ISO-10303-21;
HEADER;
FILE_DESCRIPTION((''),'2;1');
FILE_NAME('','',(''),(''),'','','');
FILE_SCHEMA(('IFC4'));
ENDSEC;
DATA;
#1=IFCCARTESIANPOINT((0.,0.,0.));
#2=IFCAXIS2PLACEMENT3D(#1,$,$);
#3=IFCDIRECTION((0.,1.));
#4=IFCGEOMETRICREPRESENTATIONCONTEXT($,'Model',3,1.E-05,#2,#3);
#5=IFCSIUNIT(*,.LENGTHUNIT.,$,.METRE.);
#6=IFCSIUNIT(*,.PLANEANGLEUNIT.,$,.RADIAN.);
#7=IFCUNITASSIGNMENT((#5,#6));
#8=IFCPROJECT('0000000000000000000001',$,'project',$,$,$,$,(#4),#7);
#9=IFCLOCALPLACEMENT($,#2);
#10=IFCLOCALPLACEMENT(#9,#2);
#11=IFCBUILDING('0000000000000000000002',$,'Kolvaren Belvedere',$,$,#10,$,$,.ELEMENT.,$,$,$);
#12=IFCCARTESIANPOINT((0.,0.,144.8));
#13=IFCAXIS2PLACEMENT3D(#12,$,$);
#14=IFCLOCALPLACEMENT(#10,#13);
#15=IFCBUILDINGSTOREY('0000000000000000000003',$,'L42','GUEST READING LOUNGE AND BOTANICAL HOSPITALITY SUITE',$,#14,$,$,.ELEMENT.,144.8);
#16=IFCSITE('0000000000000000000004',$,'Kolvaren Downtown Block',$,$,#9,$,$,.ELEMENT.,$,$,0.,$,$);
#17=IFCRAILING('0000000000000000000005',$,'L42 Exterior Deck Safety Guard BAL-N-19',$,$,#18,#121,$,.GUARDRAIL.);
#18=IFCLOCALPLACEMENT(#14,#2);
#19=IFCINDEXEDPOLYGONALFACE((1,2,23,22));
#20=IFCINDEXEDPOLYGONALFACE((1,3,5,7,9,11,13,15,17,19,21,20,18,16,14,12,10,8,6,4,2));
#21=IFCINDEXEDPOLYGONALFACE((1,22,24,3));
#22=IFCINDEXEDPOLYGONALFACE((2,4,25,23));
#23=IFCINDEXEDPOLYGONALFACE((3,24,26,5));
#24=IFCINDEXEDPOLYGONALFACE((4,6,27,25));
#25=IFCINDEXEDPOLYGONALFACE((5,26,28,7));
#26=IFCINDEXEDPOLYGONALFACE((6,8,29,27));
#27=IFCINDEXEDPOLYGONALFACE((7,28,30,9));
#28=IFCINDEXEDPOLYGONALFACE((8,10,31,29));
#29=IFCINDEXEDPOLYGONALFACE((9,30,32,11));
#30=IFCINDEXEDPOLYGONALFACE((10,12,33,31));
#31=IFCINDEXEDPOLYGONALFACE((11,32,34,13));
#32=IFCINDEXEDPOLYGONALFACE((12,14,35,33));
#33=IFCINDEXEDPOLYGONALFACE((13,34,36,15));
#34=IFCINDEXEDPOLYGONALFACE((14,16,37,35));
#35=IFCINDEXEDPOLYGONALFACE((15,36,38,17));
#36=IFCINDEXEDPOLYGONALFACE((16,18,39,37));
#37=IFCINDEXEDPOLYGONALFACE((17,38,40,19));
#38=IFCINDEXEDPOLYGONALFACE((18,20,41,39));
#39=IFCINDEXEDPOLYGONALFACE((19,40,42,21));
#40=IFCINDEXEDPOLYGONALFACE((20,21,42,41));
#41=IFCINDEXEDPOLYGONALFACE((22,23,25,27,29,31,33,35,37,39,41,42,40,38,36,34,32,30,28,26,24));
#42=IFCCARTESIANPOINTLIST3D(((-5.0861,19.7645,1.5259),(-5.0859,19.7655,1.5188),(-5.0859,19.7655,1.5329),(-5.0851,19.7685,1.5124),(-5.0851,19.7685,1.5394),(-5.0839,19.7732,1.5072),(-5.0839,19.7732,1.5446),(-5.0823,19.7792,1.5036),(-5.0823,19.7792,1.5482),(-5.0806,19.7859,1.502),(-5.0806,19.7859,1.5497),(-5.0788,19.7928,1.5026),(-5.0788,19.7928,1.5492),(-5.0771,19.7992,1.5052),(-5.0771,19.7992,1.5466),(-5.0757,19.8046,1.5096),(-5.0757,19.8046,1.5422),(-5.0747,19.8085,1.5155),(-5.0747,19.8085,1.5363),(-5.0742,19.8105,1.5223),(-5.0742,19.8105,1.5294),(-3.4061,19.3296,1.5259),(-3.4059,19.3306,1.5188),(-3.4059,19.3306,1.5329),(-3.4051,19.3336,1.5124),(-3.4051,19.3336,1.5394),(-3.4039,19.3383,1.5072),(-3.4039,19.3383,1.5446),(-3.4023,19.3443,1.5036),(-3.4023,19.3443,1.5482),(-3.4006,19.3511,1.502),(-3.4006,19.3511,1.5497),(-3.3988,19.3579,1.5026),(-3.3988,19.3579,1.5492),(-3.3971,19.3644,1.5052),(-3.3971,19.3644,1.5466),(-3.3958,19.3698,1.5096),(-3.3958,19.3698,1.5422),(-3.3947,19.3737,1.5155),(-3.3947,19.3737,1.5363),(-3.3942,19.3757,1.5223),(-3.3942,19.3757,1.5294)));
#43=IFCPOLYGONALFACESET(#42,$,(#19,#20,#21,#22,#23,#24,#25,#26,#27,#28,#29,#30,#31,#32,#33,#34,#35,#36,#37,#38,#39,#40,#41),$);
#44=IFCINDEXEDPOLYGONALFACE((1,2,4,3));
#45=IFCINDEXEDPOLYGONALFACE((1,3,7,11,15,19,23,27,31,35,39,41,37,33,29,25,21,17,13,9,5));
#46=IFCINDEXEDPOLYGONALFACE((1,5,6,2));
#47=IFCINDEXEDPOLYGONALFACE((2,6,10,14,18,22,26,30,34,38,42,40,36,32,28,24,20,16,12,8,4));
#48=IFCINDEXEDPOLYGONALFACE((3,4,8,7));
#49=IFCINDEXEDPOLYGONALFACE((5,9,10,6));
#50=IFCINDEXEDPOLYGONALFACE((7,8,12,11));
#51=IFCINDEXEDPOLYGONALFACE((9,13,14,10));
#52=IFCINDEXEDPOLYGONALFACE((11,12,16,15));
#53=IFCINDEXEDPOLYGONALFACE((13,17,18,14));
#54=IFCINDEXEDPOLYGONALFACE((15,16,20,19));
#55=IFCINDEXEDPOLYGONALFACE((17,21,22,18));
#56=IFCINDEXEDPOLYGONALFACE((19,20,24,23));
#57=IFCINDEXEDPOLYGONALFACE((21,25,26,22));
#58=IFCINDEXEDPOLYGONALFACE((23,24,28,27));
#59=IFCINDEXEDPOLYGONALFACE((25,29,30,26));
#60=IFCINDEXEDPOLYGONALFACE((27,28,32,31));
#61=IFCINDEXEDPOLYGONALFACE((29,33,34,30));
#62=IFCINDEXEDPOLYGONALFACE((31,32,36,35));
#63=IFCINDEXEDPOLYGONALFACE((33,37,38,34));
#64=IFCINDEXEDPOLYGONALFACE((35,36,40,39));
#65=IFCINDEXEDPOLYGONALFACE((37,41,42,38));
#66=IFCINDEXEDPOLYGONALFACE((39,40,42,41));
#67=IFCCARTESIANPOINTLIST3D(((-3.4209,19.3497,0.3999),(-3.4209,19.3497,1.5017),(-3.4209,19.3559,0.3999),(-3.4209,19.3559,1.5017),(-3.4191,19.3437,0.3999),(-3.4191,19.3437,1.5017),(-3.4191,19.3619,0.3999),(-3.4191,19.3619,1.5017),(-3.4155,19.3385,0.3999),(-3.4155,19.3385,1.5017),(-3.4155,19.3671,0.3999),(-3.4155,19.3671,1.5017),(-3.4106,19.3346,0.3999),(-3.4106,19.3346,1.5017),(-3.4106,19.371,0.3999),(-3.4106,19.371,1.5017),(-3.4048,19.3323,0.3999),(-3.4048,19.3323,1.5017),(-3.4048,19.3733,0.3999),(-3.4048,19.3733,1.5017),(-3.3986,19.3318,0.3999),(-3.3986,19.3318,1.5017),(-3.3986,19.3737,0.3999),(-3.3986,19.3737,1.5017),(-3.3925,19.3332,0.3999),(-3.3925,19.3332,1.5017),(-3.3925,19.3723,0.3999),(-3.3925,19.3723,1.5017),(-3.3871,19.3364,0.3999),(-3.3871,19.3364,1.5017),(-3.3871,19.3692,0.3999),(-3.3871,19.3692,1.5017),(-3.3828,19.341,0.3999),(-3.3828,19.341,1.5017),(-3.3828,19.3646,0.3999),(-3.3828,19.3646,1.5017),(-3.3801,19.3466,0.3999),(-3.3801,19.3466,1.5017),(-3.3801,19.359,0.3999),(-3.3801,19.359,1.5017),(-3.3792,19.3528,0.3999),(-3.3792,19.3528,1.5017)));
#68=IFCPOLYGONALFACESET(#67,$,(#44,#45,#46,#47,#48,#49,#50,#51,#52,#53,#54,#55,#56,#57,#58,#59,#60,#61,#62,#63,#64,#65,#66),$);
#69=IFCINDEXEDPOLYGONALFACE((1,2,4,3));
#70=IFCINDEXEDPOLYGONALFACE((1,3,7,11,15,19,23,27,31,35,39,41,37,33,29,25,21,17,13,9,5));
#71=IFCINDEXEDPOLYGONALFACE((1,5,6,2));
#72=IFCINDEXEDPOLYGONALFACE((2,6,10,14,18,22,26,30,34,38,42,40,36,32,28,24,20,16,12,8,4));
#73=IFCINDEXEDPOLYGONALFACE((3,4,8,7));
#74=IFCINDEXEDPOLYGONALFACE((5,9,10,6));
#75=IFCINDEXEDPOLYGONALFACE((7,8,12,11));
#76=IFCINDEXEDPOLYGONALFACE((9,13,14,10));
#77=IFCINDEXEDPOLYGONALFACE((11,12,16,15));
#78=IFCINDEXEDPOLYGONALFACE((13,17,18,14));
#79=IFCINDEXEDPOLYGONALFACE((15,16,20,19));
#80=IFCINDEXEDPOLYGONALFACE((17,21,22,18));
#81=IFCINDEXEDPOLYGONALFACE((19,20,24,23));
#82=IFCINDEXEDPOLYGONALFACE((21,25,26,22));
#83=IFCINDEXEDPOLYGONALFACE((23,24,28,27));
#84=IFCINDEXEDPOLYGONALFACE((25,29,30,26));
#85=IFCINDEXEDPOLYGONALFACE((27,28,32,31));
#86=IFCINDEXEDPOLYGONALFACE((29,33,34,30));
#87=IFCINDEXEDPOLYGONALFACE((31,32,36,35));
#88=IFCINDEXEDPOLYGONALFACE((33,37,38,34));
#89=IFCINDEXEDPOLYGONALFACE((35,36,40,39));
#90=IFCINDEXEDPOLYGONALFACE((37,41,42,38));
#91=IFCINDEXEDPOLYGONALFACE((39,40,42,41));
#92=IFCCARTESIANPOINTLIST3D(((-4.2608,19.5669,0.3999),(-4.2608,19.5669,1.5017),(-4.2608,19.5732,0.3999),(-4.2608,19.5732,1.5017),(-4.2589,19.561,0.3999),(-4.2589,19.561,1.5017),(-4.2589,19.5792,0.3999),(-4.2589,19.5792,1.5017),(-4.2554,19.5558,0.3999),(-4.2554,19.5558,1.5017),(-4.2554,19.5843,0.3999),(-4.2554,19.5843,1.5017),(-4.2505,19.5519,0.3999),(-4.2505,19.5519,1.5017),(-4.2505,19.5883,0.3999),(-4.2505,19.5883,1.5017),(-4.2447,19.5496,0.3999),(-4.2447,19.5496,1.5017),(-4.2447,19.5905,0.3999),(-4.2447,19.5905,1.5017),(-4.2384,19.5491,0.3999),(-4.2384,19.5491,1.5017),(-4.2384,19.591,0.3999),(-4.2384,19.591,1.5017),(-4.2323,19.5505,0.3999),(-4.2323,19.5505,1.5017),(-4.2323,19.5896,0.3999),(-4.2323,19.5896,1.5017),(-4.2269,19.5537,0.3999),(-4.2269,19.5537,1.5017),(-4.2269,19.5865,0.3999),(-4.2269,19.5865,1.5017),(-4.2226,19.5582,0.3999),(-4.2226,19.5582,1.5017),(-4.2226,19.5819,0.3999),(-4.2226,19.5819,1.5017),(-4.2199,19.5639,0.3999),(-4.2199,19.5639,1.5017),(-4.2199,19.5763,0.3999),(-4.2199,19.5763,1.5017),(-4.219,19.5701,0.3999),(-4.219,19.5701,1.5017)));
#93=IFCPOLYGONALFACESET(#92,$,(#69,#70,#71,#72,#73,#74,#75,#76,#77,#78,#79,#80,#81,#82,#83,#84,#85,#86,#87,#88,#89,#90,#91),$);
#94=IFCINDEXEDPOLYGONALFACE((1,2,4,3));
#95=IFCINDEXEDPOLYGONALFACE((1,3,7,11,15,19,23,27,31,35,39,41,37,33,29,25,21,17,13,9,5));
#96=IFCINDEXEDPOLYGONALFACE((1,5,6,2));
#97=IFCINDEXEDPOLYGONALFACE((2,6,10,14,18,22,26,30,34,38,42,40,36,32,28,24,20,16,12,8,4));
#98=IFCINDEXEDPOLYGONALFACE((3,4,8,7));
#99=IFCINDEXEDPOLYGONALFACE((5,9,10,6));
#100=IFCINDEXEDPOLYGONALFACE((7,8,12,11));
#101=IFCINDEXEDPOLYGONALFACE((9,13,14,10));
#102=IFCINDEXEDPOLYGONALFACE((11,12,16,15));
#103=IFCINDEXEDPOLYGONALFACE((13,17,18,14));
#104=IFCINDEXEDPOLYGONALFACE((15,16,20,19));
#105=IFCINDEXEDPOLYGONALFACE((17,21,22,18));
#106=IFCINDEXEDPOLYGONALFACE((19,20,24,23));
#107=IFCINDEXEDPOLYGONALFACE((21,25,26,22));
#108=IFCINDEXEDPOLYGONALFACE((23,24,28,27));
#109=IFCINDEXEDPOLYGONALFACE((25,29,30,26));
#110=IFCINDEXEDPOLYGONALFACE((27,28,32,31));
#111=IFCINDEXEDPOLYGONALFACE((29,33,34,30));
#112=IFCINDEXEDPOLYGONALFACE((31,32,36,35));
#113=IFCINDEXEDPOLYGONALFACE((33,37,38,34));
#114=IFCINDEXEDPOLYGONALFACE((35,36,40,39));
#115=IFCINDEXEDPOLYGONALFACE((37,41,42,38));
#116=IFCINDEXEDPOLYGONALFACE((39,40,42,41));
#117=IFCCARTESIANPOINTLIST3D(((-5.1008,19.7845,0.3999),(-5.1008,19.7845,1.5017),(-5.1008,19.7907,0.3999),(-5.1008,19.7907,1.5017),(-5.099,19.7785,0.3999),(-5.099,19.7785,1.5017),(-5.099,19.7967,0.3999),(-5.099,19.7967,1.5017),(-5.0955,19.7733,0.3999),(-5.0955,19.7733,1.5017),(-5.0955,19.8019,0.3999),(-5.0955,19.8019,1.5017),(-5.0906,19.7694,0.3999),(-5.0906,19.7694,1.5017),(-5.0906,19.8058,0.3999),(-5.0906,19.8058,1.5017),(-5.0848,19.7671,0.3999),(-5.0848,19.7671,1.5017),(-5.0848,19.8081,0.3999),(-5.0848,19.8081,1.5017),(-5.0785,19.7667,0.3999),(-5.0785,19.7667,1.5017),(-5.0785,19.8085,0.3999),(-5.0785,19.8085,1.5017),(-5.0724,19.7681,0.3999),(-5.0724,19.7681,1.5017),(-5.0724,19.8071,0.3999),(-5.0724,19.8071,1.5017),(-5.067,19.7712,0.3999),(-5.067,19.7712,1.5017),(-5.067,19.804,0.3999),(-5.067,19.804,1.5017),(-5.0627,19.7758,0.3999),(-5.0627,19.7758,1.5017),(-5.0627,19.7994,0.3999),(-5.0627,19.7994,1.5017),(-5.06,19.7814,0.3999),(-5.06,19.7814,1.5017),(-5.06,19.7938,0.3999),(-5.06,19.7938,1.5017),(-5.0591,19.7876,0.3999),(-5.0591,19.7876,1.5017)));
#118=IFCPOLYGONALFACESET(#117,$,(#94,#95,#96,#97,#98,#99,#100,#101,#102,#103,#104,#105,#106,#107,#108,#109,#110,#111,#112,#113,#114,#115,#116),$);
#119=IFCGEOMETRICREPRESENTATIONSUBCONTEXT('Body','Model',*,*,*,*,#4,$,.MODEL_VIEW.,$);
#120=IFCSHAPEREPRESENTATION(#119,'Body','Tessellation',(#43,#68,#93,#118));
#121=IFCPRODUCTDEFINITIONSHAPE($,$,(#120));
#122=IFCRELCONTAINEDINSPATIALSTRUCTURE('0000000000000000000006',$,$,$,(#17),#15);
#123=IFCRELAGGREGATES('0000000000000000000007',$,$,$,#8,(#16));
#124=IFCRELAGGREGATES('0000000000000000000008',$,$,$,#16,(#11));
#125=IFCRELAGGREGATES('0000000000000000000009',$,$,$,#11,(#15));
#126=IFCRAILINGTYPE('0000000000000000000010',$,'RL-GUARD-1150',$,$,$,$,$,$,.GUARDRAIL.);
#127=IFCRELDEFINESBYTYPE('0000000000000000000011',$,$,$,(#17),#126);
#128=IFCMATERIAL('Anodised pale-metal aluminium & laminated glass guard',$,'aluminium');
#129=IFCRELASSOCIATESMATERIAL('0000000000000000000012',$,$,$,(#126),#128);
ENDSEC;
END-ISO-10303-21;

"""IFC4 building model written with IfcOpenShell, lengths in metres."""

from ifc_helpers import new_model, si_unit, direction, frame, origin, origin_2d, place, context, subcontext, project, spatial, circle, extrude, material, type_object, element, save


model = new_model("IFC4")

# Units and contexts
model_context = context("Model", 3, precision=1e-05, world=origin(), true_north=direction((0.0, 1.0)))
body_context = subcontext(model_context, "Body", "Model", "MODEL_VIEW")
ifc_project = project(units=[si_unit("LENGTHUNIT", "METRE"), si_unit("PLANEANGLEUNIT", "RADIAN")], contexts=[model_context])

# Site, building, storey
site_placement = place(None, origin())
site = spatial("IfcSite", under=ifc_project, at=site_placement, Name="Kolvaren Downtown Block", CompositionType="ELEMENT", RefElevation=0.0)
building_placement = place(site_placement, origin())
building = spatial("IfcBuilding", under=site, at=building_placement, Name="Kolvaren Belvedere", CompositionType="ELEMENT")
storey_placement = place(building_placement, frame((0.0, 0.0, 144.8)))
storey = spatial("IfcBuildingStorey", under=building, at=storey_placement, Name="L42", Description="GUEST READING LOUNGE AND BOTANICAL HOSPITALITY SUITE", CompositionType="ELEMENT", Elevation=144.8)

# Railing
ifc_material_1 = material(Name="Anodised pale-metal aluminium & laminated glass guard", Category="aluminium")
railing_type = type_object("IfcRailingType", Name="RL-GUARD-1150", PredefinedType="GUARDRAIL", material=ifc_material_1)
railing_1_placement = place(storey_placement, frame((-3.4001, 19.3528, 0.3999)))
element("IfcRailing", 1, at=railing_1_placement, inside=storey, type_object=railing_type, Name="L42 Exterior Deck Safety Guard BAL-N-19", PredefinedType="GUARDRAIL", context=body_context, shape_type="SweptSolid", body=[
    extrude(circle(Radius=0.0239, at=origin_2d()), frame((0.0, 0.0, 1.126), z_axis=(-0.968098, 0.250572, 0.0), x_axis=(-0.250572, -0.968098, 0.0)), (0.0, 0.0, 1.0), 1.7354),
    extrude(circle(Radius=0.021, at=origin_2d()), origin(), (0.0, 0.0, 1.0), 1.1018),
    extrude(circle(Radius=0.021, at=origin_2d()), frame((-0.8398, 0.2173, 0.0)), (0.0, 0.0, 1.0), 1.1018),
    extrude(circle(Radius=0.021, at=origin_2d()), frame((-1.6799, 0.4348, 0.0)), (0.0, 0.0, 1.0), 1.1018),
])

save(model, "model.ifc")
